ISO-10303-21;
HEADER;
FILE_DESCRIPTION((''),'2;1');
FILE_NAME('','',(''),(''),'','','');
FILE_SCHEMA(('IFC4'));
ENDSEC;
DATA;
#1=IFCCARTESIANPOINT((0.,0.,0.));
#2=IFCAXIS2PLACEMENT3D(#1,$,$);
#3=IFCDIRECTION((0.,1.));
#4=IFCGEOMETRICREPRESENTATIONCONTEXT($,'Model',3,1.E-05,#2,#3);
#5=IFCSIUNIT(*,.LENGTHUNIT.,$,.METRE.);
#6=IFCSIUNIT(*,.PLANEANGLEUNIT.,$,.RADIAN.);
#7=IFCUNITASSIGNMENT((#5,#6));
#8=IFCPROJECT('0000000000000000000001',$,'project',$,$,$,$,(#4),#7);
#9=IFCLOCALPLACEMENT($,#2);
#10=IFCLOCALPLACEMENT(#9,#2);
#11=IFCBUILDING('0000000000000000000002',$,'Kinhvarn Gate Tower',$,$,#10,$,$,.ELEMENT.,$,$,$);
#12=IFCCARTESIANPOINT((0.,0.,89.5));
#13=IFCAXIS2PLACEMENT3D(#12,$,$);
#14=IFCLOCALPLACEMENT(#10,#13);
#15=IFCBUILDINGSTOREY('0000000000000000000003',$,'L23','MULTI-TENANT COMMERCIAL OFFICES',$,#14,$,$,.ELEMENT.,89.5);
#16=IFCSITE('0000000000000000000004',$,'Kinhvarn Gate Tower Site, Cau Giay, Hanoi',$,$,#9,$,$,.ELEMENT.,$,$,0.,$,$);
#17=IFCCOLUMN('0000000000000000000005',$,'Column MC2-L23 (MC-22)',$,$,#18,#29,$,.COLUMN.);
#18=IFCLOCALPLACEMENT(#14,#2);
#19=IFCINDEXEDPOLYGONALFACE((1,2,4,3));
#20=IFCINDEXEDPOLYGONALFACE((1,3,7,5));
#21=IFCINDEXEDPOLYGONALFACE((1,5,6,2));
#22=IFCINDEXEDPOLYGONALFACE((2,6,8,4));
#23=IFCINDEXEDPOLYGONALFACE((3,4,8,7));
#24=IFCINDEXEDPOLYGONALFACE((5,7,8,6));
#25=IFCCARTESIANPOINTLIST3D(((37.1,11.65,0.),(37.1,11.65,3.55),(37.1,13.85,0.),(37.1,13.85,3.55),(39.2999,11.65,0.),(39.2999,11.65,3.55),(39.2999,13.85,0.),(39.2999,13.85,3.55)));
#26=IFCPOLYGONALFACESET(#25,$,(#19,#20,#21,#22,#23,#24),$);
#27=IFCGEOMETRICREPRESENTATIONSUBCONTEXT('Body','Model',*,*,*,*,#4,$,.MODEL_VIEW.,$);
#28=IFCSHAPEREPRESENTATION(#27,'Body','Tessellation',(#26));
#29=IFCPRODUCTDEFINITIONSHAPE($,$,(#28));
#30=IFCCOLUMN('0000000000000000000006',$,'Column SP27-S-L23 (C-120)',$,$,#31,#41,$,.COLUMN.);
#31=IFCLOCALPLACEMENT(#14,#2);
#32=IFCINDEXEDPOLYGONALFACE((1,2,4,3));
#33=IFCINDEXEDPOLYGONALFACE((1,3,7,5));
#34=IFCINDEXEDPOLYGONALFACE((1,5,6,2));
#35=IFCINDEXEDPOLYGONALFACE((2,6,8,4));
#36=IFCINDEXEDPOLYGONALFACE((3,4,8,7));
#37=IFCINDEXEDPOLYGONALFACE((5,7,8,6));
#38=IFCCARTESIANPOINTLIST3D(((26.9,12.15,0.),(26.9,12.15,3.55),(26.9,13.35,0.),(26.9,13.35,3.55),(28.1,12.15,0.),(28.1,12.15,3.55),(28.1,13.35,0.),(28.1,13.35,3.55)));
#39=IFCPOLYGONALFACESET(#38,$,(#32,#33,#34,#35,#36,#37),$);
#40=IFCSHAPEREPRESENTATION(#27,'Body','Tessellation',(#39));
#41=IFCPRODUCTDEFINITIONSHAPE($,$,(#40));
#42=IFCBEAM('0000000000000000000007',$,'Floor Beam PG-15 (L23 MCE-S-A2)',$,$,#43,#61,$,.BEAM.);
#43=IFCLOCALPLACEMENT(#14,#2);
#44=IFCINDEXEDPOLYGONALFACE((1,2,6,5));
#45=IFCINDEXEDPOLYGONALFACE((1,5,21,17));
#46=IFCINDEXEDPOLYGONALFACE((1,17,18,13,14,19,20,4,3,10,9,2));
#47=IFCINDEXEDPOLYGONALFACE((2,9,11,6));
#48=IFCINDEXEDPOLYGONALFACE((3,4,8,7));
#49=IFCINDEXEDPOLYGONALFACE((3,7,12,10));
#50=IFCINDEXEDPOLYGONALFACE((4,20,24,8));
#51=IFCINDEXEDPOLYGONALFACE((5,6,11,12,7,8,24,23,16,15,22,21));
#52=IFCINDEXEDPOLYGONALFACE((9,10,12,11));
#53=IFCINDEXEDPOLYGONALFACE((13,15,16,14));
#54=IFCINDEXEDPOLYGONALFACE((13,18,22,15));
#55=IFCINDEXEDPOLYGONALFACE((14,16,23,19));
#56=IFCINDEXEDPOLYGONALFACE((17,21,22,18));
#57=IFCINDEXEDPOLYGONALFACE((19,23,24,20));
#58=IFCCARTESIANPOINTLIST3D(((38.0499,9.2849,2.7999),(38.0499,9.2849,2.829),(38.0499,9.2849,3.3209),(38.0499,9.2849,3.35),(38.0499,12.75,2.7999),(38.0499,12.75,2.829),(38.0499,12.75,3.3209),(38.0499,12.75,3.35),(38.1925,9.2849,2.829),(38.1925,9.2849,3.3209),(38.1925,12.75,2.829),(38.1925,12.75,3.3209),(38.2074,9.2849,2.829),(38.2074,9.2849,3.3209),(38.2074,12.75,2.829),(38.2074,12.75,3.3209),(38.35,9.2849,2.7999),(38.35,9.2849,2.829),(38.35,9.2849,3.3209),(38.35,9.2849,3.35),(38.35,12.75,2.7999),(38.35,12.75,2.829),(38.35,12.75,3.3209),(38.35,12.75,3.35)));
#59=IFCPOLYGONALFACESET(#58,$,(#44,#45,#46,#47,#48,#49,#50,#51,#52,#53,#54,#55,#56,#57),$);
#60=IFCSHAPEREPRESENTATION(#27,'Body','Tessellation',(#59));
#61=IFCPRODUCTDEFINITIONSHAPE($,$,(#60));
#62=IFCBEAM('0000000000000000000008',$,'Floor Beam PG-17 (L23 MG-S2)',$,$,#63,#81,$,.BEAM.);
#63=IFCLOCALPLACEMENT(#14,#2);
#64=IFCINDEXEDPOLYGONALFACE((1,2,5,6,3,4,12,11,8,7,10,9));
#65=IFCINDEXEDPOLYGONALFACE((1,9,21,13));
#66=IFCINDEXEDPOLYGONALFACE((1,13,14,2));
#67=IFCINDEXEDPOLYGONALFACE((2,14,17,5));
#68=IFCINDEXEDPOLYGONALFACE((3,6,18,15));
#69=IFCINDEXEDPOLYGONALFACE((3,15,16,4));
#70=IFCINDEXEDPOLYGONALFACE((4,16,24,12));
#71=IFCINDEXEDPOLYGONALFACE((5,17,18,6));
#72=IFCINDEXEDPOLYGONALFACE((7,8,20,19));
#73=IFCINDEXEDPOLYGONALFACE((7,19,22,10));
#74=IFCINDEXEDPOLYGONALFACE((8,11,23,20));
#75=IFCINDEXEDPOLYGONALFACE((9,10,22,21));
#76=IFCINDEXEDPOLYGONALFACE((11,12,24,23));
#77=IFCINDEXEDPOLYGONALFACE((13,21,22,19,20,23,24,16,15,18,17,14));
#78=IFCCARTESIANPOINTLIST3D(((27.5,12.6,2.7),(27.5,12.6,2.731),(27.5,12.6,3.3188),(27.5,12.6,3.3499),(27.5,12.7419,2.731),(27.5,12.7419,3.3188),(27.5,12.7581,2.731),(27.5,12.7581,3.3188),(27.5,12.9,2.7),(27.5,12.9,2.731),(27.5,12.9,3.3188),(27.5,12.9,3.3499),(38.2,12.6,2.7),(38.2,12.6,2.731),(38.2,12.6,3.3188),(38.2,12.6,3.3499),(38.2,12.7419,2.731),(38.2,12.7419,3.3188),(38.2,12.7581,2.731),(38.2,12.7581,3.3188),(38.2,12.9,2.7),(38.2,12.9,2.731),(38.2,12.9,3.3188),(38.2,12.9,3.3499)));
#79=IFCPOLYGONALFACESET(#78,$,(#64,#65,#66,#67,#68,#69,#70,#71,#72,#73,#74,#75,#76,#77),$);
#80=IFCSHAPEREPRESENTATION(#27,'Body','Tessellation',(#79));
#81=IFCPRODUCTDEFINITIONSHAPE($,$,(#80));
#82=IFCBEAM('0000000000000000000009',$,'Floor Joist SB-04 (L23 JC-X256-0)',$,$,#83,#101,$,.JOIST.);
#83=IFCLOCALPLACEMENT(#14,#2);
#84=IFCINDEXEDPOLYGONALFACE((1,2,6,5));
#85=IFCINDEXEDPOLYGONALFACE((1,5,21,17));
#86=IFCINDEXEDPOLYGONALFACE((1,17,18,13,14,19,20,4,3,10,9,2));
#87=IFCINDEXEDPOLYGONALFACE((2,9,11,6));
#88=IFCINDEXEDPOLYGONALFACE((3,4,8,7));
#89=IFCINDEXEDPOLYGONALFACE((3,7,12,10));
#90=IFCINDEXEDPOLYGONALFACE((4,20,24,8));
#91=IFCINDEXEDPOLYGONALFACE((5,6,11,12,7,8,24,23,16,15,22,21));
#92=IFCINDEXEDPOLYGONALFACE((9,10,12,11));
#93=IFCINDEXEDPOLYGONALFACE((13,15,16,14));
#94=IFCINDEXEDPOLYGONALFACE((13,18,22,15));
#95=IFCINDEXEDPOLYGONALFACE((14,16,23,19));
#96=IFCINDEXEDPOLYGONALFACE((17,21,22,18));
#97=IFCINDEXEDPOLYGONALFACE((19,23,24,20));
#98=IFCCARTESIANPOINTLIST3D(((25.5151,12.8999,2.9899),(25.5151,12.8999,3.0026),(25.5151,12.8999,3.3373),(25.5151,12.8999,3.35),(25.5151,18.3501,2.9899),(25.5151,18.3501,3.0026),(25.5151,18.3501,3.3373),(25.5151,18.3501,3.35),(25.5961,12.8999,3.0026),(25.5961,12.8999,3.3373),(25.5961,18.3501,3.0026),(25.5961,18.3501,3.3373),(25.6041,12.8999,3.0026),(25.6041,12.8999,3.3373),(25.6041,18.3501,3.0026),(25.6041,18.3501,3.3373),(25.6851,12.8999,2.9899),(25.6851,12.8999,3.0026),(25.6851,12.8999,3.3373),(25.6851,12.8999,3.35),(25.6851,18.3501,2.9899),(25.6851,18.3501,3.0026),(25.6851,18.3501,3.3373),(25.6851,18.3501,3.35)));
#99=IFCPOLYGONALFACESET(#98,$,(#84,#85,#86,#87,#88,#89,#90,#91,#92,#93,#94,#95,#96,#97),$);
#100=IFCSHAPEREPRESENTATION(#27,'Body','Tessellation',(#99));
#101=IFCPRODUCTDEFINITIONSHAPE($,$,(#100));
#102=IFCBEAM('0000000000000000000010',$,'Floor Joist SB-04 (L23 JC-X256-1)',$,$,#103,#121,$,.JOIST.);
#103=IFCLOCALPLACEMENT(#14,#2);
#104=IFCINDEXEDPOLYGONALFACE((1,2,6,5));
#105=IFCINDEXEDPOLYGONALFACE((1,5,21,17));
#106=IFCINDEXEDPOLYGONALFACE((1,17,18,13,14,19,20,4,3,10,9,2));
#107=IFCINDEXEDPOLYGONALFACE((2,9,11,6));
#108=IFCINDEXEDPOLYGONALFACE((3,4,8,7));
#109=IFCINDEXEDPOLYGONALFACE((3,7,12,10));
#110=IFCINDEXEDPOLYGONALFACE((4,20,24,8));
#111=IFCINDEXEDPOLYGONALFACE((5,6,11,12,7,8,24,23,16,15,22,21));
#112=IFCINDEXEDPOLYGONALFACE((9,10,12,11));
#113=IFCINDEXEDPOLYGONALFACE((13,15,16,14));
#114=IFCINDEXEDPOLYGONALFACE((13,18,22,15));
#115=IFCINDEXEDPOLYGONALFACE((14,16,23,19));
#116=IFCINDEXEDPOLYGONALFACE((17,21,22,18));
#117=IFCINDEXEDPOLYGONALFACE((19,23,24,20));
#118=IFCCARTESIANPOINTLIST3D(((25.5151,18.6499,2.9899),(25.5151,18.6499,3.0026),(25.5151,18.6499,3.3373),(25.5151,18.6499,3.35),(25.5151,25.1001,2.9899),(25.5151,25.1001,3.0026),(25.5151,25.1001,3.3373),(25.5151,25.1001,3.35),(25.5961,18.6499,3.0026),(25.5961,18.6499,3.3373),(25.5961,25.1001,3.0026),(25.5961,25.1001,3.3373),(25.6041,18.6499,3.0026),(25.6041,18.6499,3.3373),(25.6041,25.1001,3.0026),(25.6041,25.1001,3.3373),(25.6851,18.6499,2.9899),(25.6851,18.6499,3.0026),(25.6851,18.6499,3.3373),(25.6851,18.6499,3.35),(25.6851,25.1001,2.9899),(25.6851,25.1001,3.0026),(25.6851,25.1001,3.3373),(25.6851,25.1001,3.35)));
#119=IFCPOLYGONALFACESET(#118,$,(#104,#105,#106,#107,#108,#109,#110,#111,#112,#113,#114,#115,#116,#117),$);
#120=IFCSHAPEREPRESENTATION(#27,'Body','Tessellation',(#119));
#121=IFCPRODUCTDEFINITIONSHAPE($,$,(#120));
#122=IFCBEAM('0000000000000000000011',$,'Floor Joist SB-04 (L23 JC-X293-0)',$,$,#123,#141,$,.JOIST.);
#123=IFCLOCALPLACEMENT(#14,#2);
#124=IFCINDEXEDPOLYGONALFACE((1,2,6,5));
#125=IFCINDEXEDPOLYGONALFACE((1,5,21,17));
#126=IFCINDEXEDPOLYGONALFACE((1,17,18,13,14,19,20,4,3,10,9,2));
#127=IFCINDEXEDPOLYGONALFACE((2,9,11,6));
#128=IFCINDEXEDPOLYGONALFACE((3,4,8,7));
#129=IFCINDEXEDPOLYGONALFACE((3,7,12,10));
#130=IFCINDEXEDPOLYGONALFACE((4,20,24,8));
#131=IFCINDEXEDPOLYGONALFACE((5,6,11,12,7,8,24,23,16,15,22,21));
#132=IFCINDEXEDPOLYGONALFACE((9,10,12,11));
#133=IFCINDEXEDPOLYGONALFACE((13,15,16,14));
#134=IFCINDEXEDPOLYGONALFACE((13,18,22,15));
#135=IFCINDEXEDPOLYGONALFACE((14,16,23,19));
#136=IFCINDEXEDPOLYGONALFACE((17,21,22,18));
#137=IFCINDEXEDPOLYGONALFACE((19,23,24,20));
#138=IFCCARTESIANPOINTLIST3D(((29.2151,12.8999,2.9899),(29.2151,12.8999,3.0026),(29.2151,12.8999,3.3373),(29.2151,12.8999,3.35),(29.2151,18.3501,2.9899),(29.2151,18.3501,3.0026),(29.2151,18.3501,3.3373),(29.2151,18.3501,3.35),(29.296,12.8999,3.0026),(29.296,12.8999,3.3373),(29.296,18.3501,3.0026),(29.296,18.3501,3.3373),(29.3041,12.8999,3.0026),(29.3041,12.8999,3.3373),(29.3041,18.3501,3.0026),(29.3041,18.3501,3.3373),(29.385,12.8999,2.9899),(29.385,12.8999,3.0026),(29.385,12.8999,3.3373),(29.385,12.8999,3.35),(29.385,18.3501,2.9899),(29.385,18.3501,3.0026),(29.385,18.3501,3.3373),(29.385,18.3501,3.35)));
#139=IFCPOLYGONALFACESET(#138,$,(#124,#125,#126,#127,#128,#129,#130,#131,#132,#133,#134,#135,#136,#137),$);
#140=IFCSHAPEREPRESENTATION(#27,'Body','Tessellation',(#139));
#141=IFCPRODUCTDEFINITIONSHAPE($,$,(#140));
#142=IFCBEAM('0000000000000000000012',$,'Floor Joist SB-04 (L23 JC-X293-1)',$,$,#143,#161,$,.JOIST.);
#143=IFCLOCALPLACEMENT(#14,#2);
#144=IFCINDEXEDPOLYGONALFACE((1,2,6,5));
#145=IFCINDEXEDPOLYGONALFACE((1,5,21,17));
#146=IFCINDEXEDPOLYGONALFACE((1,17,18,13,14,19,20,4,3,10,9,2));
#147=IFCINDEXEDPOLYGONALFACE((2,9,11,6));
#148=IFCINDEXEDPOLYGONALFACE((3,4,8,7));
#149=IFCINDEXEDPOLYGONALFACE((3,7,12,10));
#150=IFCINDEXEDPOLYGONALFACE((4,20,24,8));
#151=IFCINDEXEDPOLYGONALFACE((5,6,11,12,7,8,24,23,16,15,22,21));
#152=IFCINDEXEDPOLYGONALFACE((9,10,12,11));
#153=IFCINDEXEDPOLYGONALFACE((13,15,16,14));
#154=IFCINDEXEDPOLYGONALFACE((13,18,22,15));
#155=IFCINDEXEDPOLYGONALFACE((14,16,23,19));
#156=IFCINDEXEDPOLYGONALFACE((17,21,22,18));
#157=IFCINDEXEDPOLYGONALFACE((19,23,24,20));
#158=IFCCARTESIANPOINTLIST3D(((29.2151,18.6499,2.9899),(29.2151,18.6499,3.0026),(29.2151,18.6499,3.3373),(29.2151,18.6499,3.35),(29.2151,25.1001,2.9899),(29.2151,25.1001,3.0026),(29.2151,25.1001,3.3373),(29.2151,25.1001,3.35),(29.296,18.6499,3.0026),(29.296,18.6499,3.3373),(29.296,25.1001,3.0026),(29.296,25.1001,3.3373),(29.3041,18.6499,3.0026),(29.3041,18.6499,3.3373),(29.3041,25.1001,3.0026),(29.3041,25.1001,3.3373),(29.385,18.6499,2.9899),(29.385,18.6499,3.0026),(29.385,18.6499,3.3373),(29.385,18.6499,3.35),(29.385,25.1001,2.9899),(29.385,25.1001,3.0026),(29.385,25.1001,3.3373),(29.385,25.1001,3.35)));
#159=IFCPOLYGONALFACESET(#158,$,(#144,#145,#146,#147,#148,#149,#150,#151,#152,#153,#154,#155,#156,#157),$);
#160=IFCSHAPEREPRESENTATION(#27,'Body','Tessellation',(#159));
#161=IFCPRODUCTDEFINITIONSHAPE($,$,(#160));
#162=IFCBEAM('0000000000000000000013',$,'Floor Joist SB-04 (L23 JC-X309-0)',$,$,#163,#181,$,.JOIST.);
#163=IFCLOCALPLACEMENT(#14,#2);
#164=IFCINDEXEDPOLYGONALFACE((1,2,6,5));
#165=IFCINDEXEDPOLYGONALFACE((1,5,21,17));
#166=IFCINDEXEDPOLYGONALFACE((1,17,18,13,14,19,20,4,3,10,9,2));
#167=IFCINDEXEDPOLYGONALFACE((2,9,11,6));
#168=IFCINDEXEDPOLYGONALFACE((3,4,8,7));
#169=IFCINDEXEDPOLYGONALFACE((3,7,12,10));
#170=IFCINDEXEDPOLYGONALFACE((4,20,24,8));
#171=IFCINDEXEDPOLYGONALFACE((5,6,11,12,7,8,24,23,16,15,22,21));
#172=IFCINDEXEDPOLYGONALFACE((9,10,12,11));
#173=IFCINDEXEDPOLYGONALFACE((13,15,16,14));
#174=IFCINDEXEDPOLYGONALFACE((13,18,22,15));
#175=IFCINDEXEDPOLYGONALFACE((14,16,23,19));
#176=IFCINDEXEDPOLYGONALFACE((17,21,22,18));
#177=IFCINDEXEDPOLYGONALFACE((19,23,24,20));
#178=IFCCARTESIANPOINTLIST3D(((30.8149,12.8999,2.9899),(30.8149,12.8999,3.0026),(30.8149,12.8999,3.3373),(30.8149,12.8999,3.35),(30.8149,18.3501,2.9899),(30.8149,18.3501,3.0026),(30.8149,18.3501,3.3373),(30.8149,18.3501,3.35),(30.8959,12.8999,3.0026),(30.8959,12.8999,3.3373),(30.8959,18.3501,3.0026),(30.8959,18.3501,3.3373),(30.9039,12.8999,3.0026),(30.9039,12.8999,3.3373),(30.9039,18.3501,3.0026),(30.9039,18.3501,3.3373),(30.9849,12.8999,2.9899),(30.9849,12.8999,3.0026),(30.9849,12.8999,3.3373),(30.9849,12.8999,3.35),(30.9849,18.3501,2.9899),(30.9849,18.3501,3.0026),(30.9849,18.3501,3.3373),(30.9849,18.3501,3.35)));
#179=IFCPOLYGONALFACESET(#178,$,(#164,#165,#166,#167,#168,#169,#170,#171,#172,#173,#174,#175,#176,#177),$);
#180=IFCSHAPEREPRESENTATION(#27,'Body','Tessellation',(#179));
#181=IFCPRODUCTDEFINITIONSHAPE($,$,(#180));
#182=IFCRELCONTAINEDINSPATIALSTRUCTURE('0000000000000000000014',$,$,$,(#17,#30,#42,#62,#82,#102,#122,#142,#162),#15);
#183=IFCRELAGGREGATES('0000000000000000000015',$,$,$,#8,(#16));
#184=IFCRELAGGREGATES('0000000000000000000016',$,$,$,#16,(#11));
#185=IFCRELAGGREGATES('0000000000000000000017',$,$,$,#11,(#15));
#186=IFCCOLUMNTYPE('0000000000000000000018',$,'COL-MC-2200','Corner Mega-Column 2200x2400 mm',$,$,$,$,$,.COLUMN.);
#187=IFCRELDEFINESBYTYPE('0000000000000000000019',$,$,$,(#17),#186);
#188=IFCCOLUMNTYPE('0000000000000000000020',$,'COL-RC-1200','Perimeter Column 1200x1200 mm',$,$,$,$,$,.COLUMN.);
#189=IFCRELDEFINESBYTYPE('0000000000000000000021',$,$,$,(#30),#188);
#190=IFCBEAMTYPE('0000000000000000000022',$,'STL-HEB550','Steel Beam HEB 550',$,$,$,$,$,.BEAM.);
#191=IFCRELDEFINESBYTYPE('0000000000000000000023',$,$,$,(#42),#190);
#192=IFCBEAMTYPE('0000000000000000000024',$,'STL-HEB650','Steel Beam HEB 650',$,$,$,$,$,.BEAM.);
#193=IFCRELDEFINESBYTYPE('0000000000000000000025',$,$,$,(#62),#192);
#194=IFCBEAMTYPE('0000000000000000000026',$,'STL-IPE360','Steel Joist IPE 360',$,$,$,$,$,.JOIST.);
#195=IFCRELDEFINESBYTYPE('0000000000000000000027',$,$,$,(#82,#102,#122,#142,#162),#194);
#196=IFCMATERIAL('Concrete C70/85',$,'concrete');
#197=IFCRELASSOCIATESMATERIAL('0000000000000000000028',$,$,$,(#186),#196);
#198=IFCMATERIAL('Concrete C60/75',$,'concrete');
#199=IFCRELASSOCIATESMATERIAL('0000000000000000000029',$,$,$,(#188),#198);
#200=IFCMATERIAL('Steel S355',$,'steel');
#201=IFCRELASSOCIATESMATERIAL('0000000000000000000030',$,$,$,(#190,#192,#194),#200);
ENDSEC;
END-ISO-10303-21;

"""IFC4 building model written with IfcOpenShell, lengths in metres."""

from ifc_helpers import new_model, si_unit, direction, frame, origin, origin_2d, place, context, subcontext, project, spatial, rectangle, i_section, extrude, material, material_profile, profile_set, type_object, element, save


model = new_model("IFC4")

# Units and contexts
model_context = context("Model", 3, precision=1e-05, world=origin(), true_north=direction((0.0, 1.0)))
body_context = subcontext(model_context, "Body", "Model", "MODEL_VIEW")
ifc_project = project(units=[si_unit("LENGTHUNIT", "METRE"), si_unit("PLANEANGLEUNIT", "RADIAN")], contexts=[model_context])

# Site, building, storey
site_placement = place(None, origin())
site = spatial("IfcSite", under=ifc_project, at=site_placement, Name="Kinhvarn Gate Tower Site, Cau Giay, Hanoi", CompositionType="ELEMENT", RefElevation=0.0)
building_placement = place(site_placement, origin())
building = spatial("IfcBuilding", under=site, at=building_placement, Name="Kinhvarn Gate Tower", CompositionType="ELEMENT")
storey_placement = place(building_placement, frame((0.0, 0.0, 89.5)))
storey = spatial("IfcBuildingStorey", under=building, at=storey_placement, Name="L23", Description="MULTI-TENANT COMMERCIAL OFFICES", CompositionType="ELEMENT", Elevation=89.5)

# Columns
ifc_material_1 = material(Name="Concrete C70/85", Category="concrete")
ifc_material_profile_1 = material_profile(ifc_material_1, rectangle(XDim=2.2, YDim=2.2, at=origin_2d()), Name="RC 2200x2200")
ifc_profile_set_1 = profile_set([ifc_material_profile_1], Name="Concrete C70/85")
column_type_1 = type_object("IfcColumnType", Name="COL-MC-2200", Description="Corner Mega-Column 2200x2400 mm", PredefinedType="COLUMN", material=ifc_profile_set_1)
column_1_placement = place(storey_placement, frame((38.2, 12.75, 0.0), z_axis=(0.0, 0.0, 1.0), x_axis=(1.0, 0.0, 0.0)))
element("IfcColumn", 1, at=column_1_placement, inside=storey, type_object=column_type_1, Name="Column MC2-L23 (MC-22)", PredefinedType="COLUMN", context=body_context, shape_type="SweptSolid", body=[
    extrude(rectangle(XDim=2.2, YDim=2.2, at=origin_2d()), origin(), (0.0, 0.0, 1.0), 3.55),
])
ifc_material_2 = material(Name="Concrete C60/75", Category="concrete")
ifc_material_profile_2 = material_profile(ifc_material_2, rectangle(XDim=1.2, YDim=1.2, at=origin_2d()), Name="RC 1200x1200")
ifc_profile_set_2 = profile_set([ifc_material_profile_2], Name="Concrete C60/75")
column_type_2 = type_object("IfcColumnType", Name="COL-RC-1200", Description="Perimeter Column 1200x1200 mm", PredefinedType="COLUMN", material=ifc_profile_set_2)
column_2_placement = place(storey_placement, frame((27.5, 12.75, 0.0), z_axis=(0.0, 0.0, 1.0), x_axis=(1.0, 0.0, 0.0)))
element("IfcColumn", 2, at=column_2_placement, inside=storey, type_object=column_type_2, Name="Column SP27-S-L23 (C-120)", PredefinedType="COLUMN", context=body_context, shape_type="SweptSolid", body=[
    extrude(rectangle(XDim=1.2, YDim=1.2, at=origin_2d()), origin(), (0.0, 0.0, 1.0), 3.55),
])

# Beams
ifc_material_3 = material(Name="Steel S355", Category="steel")
ifc_material_profile_3 = material_profile(ifc_material_3, i_section(OverallWidth=0.3, OverallDepth=0.55, WebThickness=0.0149, FlangeThickness=0.0291, at=origin_2d()), Name="HEB 550")
ifc_profile_set_3 = profile_set([ifc_material_profile_3], Name="Steel S355")
beam_type_1 = type_object("IfcBeamType", Name="STL-HEB550", Description="Steel Beam HEB 550", PredefinedType="BEAM", material=ifc_profile_set_3)
beam_1_placement = place(storey_placement, frame((38.2, 9.2849, 3.075), z_axis=(0.0, 1.0, 0.0), x_axis=(-1.0, 0.0, 0.0)))
element("IfcBeam", 3, at=beam_1_placement, inside=storey, type_object=beam_type_1, Name="Floor Beam PG-15 (L23 MCE-S-A2)", PredefinedType="BEAM", context=body_context, shape_type="SweptSolid", body=[
    extrude(i_section(OverallWidth=0.3, OverallDepth=0.55, WebThickness=0.0149, FlangeThickness=0.0291, at=origin_2d()), origin(), (0.0, 0.0, 1.0), 3.4651),
])
ifc_material_profile_4 = material_profile(ifc_material_3, i_section(OverallWidth=0.3, OverallDepth=0.6499, WebThickness=0.0161, FlangeThickness=0.031, at=origin_2d()), Name="HEB 650")
ifc_profile_set_4 = profile_set([ifc_material_profile_4], Name="Steel S355")
beam_type_2 = type_object("IfcBeamType", Name="STL-HEB650", Description="Steel Beam HEB 650", PredefinedType="BEAM", material=ifc_profile_set_4)
beam_2_placement = place(storey_placement, frame((27.5, 12.75, 3.0249), z_axis=(1.0, 0.0, 0.0), x_axis=(0.0, 1.0, 0.0)))
element("IfcBeam", 4, at=beam_2_placement, inside=storey, type_object=beam_type_2, Name="Floor Beam PG-17 (L23 MG-S2)", PredefinedType="BEAM", context=body_context, shape_type="SweptSolid", body=[
    extrude(i_section(OverallWidth=0.3, OverallDepth=0.6499, WebThickness=0.0161, FlangeThickness=0.031, at=origin_2d()), origin(), (0.0, 0.0, 1.0), 10.7),
])
ifc_material_profile_5 = material_profile(ifc_material_3, i_section(OverallWidth=0.1699, OverallDepth=0.3601, WebThickness=0.0081, FlangeThickness=0.0127, at=origin_2d()), Name="IPE 360")
ifc_profile_set_5 = profile_set([ifc_material_profile_5], Name="Steel S355")
beam_type_3 = type_object("IfcBeamType", Name="STL-IPE360", Description="Steel Joist IPE 360", PredefinedType="JOIST", material=ifc_profile_set_5)
beam_3_placement = place(storey_placement, frame((25.6001, 12.8999, 3.1699), z_axis=(0.0, 1.0, 0.0), x_axis=(-1.0, 0.0, 0.0)))
element("IfcBeam", 5, at=beam_3_placement, inside=storey, type_object=beam_type_3, Name="Floor Joist SB-04 (L23 JC-X256-0)", PredefinedType="JOIST", context=body_context, shape_type="SweptSolid", body=[
    extrude(i_section(OverallWidth=0.1699, OverallDepth=0.3601, WebThickness=0.0081, FlangeThickness=0.0127, at=origin_2d()), origin(), (0.0, 0.0, 1.0), 5.4502),
])
beam_4_placement = place(storey_placement, frame((25.6001, 18.6499, 3.1699), z_axis=(0.0, 1.0, 0.0), x_axis=(-1.0, 0.0, 0.0)))
element("IfcBeam", 6, at=beam_4_placement, inside=storey, type_object=beam_type_3, Name="Floor Joist SB-04 (L23 JC-X256-1)", PredefinedType="JOIST", context=body_context, shape_type="SweptSolid", body=[
    extrude(i_section(OverallWidth=0.1699, OverallDepth=0.3601, WebThickness=0.0081, FlangeThickness=0.0127, at=origin_2d()), origin(), (0.0, 0.0, 1.0), 6.4502),
])
beam_5_placement = place(storey_placement, frame((29.3, 12.8999, 3.1699), z_axis=(0.0, 1.0, 0.0), x_axis=(-1.0, 0.0, 0.0)))
element("IfcBeam", 7, at=beam_5_placement, inside=storey, type_object=beam_type_3, Name="Floor Joist SB-04 (L23 JC-X293-0)", PredefinedType="JOIST", context=body_context, shape_type="SweptSolid", body=[
    extrude(i_section(OverallWidth=0.1699, OverallDepth=0.3601, WebThickness=0.0081, FlangeThickness=0.0127, at=origin_2d()), origin(), (0.0, 0.0, 1.0), 5.4502),
])
beam_6_placement = place(storey_placement, frame((29.3, 18.6499, 3.1699), z_axis=(0.0, 1.0, 0.0), x_axis=(-1.0, 0.0, 0.0)))
element("IfcBeam", 8, at=beam_6_placement, inside=storey, type_object=beam_type_3, Name="Floor Joist SB-04 (L23 JC-X293-1)", PredefinedType="JOIST", context=body_context, shape_type="SweptSolid", body=[
    extrude(i_section(OverallWidth=0.1699, OverallDepth=0.3601, WebThickness=0.0081, FlangeThickness=0.0127, at=origin_2d()), origin(), (0.0, 0.0, 1.0), 6.4502),
])
beam_7_placement = place(storey_placement, frame((30.8999, 12.8999, 3.1699), z_axis=(0.0, 1.0, 0.0), x_axis=(-1.0, 0.0, 0.0)))
element("IfcBeam", 9, at=beam_7_placement, inside=storey, type_object=beam_type_3, Name="Floor Joist SB-04 (L23 JC-X309-0)", PredefinedType="JOIST", context=body_context, shape_type="SweptSolid", body=[
    extrude(i_section(OverallWidth=0.1699, OverallDepth=0.3601, WebThickness=0.0081, FlangeThickness=0.0127, at=origin_2d()), origin(), (0.0, 0.0, 1.0), 5.4502),
])

save(model, "model.ifc")
